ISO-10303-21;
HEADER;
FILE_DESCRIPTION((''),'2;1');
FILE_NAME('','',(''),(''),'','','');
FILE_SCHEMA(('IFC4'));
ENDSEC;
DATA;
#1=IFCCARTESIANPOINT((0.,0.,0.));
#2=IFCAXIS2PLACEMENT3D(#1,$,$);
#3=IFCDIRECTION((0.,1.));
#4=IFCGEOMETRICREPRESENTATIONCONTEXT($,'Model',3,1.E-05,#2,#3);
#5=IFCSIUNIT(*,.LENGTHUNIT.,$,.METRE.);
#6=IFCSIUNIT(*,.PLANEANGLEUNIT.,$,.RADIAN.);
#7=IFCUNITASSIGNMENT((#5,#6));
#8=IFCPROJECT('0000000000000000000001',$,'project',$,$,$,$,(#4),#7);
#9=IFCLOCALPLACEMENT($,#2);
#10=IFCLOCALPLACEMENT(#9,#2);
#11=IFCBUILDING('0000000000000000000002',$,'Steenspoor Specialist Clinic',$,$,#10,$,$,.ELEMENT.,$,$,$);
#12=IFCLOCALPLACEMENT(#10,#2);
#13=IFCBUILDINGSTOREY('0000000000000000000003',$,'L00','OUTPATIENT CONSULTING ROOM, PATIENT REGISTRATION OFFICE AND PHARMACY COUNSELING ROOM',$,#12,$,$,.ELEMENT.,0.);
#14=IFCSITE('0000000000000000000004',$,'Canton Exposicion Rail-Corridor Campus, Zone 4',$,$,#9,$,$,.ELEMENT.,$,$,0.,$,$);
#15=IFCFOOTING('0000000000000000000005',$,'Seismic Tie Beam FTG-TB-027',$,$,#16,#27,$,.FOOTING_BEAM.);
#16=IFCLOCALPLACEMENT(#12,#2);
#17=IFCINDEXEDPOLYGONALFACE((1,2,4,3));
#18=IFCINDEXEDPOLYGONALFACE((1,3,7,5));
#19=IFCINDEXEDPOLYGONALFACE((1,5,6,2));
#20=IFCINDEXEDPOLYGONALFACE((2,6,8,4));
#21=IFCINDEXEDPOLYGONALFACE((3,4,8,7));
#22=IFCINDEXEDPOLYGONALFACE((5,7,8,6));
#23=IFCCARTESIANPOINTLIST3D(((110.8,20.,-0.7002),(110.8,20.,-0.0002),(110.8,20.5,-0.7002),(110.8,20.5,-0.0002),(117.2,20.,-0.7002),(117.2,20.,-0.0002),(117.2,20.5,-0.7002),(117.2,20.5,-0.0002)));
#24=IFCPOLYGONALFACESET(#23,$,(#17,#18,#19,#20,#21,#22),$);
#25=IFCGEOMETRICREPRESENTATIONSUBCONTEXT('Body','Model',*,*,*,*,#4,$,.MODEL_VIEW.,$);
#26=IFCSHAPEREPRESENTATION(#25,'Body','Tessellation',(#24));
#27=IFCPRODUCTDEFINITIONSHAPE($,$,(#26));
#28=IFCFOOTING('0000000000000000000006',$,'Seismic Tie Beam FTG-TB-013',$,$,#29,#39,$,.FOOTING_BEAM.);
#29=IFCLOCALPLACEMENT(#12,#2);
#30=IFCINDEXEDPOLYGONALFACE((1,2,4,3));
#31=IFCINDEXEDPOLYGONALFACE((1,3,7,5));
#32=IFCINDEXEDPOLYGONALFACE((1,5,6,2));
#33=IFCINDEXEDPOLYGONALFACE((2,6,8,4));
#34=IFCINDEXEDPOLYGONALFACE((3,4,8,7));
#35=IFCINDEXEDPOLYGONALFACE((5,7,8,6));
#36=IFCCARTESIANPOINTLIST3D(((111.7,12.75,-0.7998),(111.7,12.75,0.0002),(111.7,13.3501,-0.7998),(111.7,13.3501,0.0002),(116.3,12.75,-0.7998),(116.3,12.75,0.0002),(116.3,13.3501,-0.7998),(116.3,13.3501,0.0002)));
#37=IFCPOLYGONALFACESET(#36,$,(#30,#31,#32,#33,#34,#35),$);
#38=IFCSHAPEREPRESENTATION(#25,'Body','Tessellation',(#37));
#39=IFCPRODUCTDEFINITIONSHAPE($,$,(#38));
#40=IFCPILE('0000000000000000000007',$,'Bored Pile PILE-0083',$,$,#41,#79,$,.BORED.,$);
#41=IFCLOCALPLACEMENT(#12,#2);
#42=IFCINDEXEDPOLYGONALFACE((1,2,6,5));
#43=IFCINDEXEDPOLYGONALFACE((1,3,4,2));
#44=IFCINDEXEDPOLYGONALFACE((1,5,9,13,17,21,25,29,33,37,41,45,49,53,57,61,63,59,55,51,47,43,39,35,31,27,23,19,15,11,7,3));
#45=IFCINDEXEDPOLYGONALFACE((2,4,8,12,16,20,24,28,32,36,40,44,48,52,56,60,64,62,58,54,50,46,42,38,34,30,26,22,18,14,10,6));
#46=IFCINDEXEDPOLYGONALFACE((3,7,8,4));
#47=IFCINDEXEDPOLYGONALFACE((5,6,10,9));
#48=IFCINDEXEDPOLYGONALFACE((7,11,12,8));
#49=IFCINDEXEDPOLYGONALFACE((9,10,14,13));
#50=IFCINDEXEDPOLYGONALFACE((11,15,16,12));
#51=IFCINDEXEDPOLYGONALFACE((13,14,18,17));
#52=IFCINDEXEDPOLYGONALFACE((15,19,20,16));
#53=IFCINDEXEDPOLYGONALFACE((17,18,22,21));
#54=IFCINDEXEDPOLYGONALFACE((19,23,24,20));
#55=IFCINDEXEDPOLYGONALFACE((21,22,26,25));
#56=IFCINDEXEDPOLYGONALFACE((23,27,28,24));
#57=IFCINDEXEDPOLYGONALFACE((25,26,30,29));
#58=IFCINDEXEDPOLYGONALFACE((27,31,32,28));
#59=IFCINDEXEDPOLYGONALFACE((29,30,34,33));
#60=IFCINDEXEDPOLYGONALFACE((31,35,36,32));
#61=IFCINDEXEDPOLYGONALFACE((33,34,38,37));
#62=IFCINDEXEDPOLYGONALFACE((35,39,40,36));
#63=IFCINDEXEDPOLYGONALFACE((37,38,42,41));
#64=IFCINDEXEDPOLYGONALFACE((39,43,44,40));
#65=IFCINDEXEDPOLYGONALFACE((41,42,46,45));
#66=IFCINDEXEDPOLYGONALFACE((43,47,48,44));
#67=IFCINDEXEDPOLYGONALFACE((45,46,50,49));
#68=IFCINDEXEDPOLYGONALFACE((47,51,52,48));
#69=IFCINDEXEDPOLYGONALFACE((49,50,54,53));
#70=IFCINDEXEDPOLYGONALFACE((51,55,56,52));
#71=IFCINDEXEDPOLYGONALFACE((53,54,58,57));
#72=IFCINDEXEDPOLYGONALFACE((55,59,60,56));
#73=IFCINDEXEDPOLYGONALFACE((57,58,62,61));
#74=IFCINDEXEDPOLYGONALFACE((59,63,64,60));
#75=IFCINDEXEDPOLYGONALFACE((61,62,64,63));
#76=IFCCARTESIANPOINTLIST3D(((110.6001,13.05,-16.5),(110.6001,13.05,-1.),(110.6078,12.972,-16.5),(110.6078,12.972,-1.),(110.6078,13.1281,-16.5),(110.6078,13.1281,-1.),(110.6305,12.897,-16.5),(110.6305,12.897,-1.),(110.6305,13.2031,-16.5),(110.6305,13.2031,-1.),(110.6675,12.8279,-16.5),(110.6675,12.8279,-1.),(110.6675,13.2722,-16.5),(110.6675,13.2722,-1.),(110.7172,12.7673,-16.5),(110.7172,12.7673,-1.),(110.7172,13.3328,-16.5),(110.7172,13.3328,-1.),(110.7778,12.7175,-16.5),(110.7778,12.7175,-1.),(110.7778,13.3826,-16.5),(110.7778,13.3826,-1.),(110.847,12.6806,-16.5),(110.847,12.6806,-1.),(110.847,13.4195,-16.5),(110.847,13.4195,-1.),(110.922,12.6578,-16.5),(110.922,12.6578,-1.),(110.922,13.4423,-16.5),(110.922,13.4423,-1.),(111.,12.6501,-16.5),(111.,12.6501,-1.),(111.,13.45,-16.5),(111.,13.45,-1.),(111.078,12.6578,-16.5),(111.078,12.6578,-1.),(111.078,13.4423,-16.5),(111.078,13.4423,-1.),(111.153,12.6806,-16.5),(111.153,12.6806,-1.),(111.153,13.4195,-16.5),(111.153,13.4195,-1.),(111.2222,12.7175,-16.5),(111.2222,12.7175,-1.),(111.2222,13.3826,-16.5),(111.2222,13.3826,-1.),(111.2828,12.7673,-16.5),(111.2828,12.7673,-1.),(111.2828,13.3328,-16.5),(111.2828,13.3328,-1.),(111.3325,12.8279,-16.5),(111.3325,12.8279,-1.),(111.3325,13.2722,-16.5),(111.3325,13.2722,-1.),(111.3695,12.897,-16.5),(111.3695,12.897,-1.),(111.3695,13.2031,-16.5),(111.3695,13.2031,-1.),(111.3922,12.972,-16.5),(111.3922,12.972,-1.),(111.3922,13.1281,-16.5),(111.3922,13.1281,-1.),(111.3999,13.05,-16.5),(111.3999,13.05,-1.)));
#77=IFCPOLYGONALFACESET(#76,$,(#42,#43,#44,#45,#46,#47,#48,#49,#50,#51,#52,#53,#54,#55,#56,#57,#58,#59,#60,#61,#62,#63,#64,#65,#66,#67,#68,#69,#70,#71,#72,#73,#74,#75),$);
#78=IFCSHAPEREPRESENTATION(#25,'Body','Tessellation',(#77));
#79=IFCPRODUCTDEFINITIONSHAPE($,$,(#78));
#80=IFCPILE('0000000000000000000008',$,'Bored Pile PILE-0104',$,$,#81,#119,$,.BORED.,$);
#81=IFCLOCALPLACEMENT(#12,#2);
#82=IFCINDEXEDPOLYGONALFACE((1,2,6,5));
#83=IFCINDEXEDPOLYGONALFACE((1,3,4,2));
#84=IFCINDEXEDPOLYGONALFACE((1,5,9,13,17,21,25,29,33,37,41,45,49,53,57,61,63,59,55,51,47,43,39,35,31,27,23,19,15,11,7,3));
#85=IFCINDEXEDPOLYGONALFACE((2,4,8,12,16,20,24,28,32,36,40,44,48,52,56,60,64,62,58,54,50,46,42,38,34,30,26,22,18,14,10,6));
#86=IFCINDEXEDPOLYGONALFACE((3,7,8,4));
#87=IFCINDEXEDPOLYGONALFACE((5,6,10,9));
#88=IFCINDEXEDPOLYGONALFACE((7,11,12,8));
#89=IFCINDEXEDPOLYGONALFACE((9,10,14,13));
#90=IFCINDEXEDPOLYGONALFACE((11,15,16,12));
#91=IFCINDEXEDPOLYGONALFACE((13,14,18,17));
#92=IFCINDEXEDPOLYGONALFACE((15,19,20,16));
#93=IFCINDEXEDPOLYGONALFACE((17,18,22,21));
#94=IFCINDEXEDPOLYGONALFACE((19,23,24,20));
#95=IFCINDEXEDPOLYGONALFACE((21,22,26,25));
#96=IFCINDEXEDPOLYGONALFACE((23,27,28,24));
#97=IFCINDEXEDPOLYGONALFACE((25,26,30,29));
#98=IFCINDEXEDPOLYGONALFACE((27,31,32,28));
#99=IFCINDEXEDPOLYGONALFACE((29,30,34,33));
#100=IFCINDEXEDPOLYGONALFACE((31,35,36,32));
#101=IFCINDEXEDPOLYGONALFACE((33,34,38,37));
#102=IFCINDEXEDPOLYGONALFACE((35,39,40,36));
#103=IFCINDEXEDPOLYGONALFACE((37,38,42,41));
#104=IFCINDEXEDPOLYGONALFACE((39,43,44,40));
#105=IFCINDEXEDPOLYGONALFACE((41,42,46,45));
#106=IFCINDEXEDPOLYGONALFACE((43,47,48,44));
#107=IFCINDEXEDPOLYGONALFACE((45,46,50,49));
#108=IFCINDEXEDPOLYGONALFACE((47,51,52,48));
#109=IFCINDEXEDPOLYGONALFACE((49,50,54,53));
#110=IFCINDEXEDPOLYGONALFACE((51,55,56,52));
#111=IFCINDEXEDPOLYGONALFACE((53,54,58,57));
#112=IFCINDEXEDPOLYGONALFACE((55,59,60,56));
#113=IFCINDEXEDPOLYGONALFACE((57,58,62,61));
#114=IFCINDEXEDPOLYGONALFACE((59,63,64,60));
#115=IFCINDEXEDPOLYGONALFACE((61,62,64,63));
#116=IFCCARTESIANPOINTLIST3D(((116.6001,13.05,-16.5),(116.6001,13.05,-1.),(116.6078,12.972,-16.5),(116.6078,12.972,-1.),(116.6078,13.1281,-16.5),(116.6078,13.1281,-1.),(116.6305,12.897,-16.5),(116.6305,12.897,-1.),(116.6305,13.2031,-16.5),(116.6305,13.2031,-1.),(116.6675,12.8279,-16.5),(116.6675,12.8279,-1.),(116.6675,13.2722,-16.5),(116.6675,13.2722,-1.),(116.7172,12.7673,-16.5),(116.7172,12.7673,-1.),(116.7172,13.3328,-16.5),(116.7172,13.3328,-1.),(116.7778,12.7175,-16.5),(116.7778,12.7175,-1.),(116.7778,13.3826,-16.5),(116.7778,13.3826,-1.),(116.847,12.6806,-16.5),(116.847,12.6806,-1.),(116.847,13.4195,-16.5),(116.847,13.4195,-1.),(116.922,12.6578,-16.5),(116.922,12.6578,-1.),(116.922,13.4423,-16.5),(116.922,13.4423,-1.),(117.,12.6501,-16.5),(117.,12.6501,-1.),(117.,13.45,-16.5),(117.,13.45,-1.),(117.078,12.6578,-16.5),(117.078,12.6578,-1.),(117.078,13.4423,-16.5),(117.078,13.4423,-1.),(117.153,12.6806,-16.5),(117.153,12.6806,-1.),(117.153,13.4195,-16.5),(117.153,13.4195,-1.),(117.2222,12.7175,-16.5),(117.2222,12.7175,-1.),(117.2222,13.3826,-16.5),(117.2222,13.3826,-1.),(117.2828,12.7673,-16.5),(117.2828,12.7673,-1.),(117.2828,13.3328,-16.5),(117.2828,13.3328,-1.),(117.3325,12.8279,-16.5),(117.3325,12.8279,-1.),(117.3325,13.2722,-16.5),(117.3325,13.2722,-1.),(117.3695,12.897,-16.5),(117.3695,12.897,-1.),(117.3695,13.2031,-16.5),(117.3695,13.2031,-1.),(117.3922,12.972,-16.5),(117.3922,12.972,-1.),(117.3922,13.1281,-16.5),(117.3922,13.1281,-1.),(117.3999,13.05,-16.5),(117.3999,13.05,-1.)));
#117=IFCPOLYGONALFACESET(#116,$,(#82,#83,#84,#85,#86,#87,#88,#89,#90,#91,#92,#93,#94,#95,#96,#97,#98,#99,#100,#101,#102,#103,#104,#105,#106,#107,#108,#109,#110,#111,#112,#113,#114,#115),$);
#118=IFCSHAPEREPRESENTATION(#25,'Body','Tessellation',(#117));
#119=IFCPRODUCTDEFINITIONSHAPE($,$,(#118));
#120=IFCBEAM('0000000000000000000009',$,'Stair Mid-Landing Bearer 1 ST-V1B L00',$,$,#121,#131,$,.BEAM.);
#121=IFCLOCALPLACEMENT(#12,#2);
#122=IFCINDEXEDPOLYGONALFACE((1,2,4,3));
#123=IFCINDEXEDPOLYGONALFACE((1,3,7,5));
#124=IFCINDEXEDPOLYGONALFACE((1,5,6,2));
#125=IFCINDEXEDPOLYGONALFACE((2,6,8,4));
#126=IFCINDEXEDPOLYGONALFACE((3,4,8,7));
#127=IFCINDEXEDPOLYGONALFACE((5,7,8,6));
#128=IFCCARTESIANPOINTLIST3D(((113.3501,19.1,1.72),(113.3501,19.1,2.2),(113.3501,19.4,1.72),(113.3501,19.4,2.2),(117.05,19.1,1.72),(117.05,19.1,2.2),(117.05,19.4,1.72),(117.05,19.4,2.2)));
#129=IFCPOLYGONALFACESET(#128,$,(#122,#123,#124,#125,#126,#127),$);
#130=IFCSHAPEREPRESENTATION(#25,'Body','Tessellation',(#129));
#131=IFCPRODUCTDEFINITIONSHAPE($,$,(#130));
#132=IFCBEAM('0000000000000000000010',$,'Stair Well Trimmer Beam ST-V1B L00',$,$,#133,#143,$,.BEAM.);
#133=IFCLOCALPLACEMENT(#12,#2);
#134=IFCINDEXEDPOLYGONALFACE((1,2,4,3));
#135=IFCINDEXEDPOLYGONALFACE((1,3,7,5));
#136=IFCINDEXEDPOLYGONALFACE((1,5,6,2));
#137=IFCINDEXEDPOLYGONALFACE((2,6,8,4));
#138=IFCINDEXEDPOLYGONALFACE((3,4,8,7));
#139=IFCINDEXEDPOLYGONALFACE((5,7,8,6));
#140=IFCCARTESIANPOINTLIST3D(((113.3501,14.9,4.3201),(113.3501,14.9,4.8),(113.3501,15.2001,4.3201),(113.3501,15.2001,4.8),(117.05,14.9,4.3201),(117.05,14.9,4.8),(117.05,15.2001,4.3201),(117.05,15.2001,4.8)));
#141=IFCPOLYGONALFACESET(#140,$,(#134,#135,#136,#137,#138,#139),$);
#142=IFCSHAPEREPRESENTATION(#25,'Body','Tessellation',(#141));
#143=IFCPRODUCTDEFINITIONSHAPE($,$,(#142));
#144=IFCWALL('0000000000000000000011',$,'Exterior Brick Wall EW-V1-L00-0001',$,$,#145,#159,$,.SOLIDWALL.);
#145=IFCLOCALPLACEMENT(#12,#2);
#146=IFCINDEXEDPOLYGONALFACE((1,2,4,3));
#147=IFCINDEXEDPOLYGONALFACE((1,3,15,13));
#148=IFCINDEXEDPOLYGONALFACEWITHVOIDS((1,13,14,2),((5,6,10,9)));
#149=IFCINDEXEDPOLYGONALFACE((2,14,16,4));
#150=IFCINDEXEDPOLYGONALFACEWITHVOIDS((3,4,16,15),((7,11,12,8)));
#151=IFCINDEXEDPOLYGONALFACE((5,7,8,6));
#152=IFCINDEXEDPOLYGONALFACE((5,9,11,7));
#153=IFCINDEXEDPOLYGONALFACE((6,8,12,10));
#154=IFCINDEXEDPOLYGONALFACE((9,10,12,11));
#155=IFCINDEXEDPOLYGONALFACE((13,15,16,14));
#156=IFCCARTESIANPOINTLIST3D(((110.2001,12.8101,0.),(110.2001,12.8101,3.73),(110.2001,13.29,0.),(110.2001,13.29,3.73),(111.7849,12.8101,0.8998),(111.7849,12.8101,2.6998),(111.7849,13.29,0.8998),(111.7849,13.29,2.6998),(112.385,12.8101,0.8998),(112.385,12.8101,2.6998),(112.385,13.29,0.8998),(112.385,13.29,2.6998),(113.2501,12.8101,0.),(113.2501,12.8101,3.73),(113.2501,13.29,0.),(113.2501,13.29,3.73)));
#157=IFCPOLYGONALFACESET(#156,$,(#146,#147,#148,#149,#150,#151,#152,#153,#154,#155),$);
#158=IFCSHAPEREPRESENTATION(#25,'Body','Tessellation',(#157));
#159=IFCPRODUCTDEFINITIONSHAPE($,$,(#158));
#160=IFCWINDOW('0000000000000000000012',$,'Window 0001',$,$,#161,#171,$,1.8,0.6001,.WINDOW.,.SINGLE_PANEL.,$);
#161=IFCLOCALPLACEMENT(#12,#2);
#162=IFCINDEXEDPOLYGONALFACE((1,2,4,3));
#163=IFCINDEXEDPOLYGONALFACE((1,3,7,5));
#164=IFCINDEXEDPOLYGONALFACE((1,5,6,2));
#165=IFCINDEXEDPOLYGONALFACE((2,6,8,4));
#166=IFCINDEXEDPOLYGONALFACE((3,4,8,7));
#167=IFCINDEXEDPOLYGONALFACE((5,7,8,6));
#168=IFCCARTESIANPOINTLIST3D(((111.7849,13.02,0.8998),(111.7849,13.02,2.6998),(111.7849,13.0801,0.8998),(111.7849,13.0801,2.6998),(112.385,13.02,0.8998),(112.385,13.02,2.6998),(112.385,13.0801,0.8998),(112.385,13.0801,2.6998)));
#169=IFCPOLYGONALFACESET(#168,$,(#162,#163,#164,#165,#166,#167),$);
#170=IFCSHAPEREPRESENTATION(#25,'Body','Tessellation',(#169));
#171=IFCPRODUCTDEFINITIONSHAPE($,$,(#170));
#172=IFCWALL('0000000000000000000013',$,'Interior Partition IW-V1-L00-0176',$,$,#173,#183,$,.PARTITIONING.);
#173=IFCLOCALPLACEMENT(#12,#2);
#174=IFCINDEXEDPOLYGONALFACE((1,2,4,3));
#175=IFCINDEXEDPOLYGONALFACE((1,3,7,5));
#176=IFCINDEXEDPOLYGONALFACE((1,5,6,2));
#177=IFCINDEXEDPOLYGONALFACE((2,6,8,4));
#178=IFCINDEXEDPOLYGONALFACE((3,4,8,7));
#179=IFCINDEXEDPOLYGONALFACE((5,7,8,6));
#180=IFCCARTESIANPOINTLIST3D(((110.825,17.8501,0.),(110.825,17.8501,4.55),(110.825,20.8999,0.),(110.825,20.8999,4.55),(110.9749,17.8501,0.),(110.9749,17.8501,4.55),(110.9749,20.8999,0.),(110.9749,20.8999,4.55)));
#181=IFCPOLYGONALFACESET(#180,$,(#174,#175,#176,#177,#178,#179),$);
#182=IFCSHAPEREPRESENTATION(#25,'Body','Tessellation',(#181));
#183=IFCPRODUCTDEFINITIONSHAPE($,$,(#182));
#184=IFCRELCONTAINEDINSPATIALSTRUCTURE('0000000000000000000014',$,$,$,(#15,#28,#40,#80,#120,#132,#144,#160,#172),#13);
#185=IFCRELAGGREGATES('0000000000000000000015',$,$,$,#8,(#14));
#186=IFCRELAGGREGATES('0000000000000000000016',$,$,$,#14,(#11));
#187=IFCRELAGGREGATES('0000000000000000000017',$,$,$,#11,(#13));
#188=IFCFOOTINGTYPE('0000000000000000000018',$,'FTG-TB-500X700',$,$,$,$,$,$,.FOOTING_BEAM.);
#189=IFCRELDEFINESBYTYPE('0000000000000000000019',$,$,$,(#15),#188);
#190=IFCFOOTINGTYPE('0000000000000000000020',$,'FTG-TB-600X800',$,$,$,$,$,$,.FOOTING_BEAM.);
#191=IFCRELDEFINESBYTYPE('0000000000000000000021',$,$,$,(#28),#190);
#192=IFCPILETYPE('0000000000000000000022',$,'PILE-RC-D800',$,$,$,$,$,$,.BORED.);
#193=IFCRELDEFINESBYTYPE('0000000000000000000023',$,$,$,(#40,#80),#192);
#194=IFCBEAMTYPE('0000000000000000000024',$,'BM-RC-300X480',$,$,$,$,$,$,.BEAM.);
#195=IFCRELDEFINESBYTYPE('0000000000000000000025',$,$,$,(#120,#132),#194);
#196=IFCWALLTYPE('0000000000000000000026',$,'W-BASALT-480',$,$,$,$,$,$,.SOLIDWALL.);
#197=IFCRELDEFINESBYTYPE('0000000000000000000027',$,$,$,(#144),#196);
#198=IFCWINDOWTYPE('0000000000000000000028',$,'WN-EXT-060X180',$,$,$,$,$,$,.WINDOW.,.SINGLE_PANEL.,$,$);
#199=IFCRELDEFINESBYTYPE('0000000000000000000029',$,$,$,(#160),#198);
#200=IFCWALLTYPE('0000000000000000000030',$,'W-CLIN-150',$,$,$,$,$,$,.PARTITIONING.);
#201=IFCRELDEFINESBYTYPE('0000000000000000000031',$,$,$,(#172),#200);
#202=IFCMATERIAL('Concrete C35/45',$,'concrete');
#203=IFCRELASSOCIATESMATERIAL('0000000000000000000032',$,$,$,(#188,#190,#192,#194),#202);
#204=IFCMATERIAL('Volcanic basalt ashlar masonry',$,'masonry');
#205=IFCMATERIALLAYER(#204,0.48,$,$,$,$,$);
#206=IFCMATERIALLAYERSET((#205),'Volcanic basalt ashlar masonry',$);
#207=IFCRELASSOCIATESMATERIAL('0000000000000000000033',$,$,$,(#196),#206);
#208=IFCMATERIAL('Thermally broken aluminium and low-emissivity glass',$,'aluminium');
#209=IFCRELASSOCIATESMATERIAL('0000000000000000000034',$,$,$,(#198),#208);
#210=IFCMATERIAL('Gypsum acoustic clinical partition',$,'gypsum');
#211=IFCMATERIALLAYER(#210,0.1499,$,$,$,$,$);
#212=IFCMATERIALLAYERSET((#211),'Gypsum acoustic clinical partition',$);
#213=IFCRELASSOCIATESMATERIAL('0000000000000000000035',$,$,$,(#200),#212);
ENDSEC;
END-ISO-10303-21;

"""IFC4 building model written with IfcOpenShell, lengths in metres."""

from ifc_helpers import new_model, si_unit, direction, frame, frame_2d, origin, origin_2d, place, context, subcontext, project, spatial, rectangle, circle, extrude, material, layer, layer_set, material_profile, profile_set, type_object, element, fill, save


model = new_model("IFC4")

# Units and contexts
model_context = context("Model", 3, precision=1e-05, world=origin(), true_north=direction((0.0, 1.0)))
body_context = subcontext(model_context, "Body", "Model", "MODEL_VIEW")
ifc_project = project(units=[si_unit("LENGTHUNIT", "METRE"), si_unit("PLANEANGLEUNIT", "RADIAN")], contexts=[model_context])

# Site, building, storey
site_placement = place(None, origin())
site = spatial("IfcSite", under=ifc_project, at=site_placement, Name="Canton Exposicion Rail-Corridor Campus, Zone 4", CompositionType="ELEMENT", RefElevation=0.0)
building_placement = place(site_placement, origin())
building = spatial("IfcBuilding", under=site, at=building_placement, Name="Steenspoor Specialist Clinic", CompositionType="ELEMENT")
storey_placement = place(building_placement, origin())
storey = spatial("IfcBuildingStorey", under=building, at=storey_placement, Name="L00", Description="OUTPATIENT CONSULTING ROOM, PATIENT REGISTRATION OFFICE AND PHARMACY COUNSELING ROOM", CompositionType="ELEMENT", Elevation=0.0)

# Footings
ifc_material_1 = material(Name="Concrete C35/45", Category="concrete")
footing_type_1 = type_object("IfcFootingType", Name="FTG-TB-500X700", PredefinedType="FOOTING_BEAM", material=ifc_material_1)
footing_1_placement = place(storey_placement, frame((114.0, 20.25, -0.7002), z_axis=(0.0, 0.0, 1.0), x_axis=(1.0, 0.0, 0.0)))
element("IfcFooting", 1, at=footing_1_placement, inside=storey, type_object=footing_type_1, Name="Seismic Tie Beam FTG-TB-027", PredefinedType="FOOTING_BEAM", context=body_context, shape_type="SweptSolid", body=[
    extrude(rectangle(XDim=6.3999, YDim=0.5, at=origin_2d()), origin(), (0.0, 0.0, 1.0), 0.7),
])
footing_type_2 = type_object("IfcFootingType", Name="FTG-TB-600X800", PredefinedType="FOOTING_BEAM", material=ifc_material_1)
footing_2_placement = place(storey_placement, frame((114.0, 13.05, -0.7998), z_axis=(0.0, 0.0, 1.0), x_axis=(1.0, 0.0, 0.0)))
element("IfcFooting", 2, at=footing_2_placement, inside=storey, type_object=footing_type_2, Name="Seismic Tie Beam FTG-TB-013", PredefinedType="FOOTING_BEAM", context=body_context, shape_type="SweptSolid", body=[
    extrude(rectangle(XDim=4.6001, YDim=0.6001, at=origin_2d()), origin(), (0.0, 0.0, 1.0), 0.8),
])

# Piles
ifc_material_profile_1 = material_profile(ifc_material_1, circle(Radius=0.3999, at=origin_2d()), Name="PILE-D800")
ifc_profile_set_1 = profile_set([ifc_material_profile_1], Name="Concrete C35/45")
pile_type = type_object("IfcPileType", Name="PILE-RC-D800", PredefinedType="BORED", material=ifc_profile_set_1)
for number, where, z_axis, x_axis, name in (
    (3, (111.0, 13.05, -1.0), (0.0, 0.0, -1.0), (1.0, 0.0, 0.0), "Bored Pile PILE-0083"),
    (4, (117.0, 13.05, -1.0), (0.0, 0.0, -1.0), (1.0, 0.0, 0.0), "Bored Pile PILE-0104"),
):
    element("IfcPile", number, at=place(storey_placement, frame(where, z_axis=z_axis, x_axis=x_axis)), inside=storey, type_object=pile_type, Name=name, PredefinedType="BORED", context=body_context, shape_type="SweptSolid", body=[
        extrude(circle(Radius=0.3999, at=origin_2d()), origin(), (0.0, 0.0, 1.0), 15.5),
    ])

# Beams
ifc_material_profile_2 = material_profile(ifc_material_1, rectangle(XDim=0.3, YDim=0.48, at=origin_2d()), Name="RC-BM-300X480")
ifc_profile_set_2 = profile_set([ifc_material_profile_2], Name="Concrete C35/45")
beam_type = type_object("IfcBeamType", Name="BM-RC-300X480", PredefinedType="BEAM", material=ifc_profile_set_2)
for number, where, z_axis, x_axis, name in (
    (5, (113.3501, 19.25, 1.96), (1.0, 0.0, 0.0), (0.0, 1.0, 0.0), "Stair Mid-Landing Bearer 1 ST-V1B L00"),
    (6, (113.3501, 15.05, 4.5601), (1.0, 0.0, 0.0), (0.0, 1.0, 0.0), "Stair Well Trimmer Beam ST-V1B L00"),
):
    element("IfcBeam", number, at=place(storey_placement, frame(where, z_axis=z_axis, x_axis=x_axis)), inside=storey, type_object=beam_type, Name=name, PredefinedType="BEAM", context=body_context, shape_type="SweptSolid", body=[
        extrude(rectangle(XDim=0.3, YDim=0.48, at=origin_2d()), origin(), (0.0, 0.0, 1.0), 3.7),
    ])

# Wall, opening, window
ifc_material_2 = material(Name="Volcanic basalt ashlar masonry", Category="masonry")
ifc_layer_1 = layer(ifc_material_2, 0.48)
ifc_layer_set_1 = layer_set([ifc_layer_1], Name="Volcanic basalt ashlar masonry")
wall_type_1 = type_object("IfcWallType", Name="W-BASALT-480", PredefinedType="SOLIDWALL", material=ifc_layer_set_1)
wall_1_placement = place(storey_placement, frame((113.25, 13.05, 0.0), z_axis=(0.0, 0.0, 1.0), x_axis=(-1.0, 0.0, 0.0)))
wall_1 = element("IfcWall", 7, at=wall_1_placement, inside=storey, type_object=wall_type_1, Name="Exterior Brick Wall EW-V1-L00-0001", PredefinedType="SOLIDWALL", context=body_context, shape_type="SweptSolid", body=[
    extrude(rectangle(XDim=3.05, YDim=0.48, at=frame_2d((1.5249, 0.0))), origin(), (0.0, 0.0, 1.0), 3.73),
])
opening_1_placement = place(wall_1_placement, frame((0.865, 0.0, 0.8999)))
opening_1 = element("IfcOpeningElement", 8, at=opening_1_placement, cuts=wall_1, PredefinedType="OPENING", context=body_context, shape_type="SweptSolid", body=[
    extrude(rectangle(XDim=0.6001, YDim=1.8, at=frame_2d((0.3, 0.8999))), frame((0.0, 0.25, 0.0), z_axis=(0.0, -1.0, 0.0), x_axis=(1.0, 0.0, 0.0)), (0.0, 0.0, 1.0), 0.5),
])
ifc_material_3 = material(Name="Thermally broken aluminium and low-emissivity glass", Category="aluminium")
window_type = type_object("IfcWindowType", Name="WN-EXT-060X180", PartitioningType="SINGLE_PANEL", PredefinedType="WINDOW", material=ifc_material_3)
window_placement = place(opening_1_placement, origin())
window = element("IfcWindow", 9, at=window_placement, inside=storey, type_object=window_type, Name="Window 0001", OverallHeight=1.8, OverallWidth=0.6001, PartitioningType="SINGLE_PANEL", PredefinedType="WINDOW", context=body_context, shape_type="SweptSolid", body=[
    extrude(rectangle(XDim=0.6001, YDim=1.8, at=frame_2d((0.3, 0.8999))), frame((0.0, 0.03, 0.0), z_axis=(0.0, -1.0, 0.0), x_axis=(1.0, 0.0, 0.0)), (0.0, 0.0, 1.0), 0.0601),
])
fill(opening_1, window)

# Wall
ifc_material_4 = material(Name="Gypsum acoustic clinical partition", Category="gypsum")
ifc_layer_2 = layer(ifc_material_4, 0.1499)
ifc_layer_set_2 = layer_set([ifc_layer_2], Name="Gypsum acoustic clinical partition")
wall_type_2 = type_object("IfcWallType", Name="W-CLIN-150", PredefinedType="PARTITIONING", material=ifc_layer_set_2)
wall_2_placement = place(storey_placement, frame((110.8999, 17.8501, 0.0), z_axis=(0.0, 0.0, 1.0), x_axis=(0.0, 1.0, 0.0)))
element("IfcWall", 10, at=wall_2_placement, inside=storey, type_object=wall_type_2, Name="Interior Partition IW-V1-L00-0176", PredefinedType="PARTITIONING", context=body_context, shape_type="SweptSolid", body=[
    extrude(rectangle(XDim=3.0498, YDim=0.1499, at=frame_2d((1.5249, 0.0))), origin(), (0.0, 0.0, 1.0), 4.55),
])

save(model, "model.ifc")
